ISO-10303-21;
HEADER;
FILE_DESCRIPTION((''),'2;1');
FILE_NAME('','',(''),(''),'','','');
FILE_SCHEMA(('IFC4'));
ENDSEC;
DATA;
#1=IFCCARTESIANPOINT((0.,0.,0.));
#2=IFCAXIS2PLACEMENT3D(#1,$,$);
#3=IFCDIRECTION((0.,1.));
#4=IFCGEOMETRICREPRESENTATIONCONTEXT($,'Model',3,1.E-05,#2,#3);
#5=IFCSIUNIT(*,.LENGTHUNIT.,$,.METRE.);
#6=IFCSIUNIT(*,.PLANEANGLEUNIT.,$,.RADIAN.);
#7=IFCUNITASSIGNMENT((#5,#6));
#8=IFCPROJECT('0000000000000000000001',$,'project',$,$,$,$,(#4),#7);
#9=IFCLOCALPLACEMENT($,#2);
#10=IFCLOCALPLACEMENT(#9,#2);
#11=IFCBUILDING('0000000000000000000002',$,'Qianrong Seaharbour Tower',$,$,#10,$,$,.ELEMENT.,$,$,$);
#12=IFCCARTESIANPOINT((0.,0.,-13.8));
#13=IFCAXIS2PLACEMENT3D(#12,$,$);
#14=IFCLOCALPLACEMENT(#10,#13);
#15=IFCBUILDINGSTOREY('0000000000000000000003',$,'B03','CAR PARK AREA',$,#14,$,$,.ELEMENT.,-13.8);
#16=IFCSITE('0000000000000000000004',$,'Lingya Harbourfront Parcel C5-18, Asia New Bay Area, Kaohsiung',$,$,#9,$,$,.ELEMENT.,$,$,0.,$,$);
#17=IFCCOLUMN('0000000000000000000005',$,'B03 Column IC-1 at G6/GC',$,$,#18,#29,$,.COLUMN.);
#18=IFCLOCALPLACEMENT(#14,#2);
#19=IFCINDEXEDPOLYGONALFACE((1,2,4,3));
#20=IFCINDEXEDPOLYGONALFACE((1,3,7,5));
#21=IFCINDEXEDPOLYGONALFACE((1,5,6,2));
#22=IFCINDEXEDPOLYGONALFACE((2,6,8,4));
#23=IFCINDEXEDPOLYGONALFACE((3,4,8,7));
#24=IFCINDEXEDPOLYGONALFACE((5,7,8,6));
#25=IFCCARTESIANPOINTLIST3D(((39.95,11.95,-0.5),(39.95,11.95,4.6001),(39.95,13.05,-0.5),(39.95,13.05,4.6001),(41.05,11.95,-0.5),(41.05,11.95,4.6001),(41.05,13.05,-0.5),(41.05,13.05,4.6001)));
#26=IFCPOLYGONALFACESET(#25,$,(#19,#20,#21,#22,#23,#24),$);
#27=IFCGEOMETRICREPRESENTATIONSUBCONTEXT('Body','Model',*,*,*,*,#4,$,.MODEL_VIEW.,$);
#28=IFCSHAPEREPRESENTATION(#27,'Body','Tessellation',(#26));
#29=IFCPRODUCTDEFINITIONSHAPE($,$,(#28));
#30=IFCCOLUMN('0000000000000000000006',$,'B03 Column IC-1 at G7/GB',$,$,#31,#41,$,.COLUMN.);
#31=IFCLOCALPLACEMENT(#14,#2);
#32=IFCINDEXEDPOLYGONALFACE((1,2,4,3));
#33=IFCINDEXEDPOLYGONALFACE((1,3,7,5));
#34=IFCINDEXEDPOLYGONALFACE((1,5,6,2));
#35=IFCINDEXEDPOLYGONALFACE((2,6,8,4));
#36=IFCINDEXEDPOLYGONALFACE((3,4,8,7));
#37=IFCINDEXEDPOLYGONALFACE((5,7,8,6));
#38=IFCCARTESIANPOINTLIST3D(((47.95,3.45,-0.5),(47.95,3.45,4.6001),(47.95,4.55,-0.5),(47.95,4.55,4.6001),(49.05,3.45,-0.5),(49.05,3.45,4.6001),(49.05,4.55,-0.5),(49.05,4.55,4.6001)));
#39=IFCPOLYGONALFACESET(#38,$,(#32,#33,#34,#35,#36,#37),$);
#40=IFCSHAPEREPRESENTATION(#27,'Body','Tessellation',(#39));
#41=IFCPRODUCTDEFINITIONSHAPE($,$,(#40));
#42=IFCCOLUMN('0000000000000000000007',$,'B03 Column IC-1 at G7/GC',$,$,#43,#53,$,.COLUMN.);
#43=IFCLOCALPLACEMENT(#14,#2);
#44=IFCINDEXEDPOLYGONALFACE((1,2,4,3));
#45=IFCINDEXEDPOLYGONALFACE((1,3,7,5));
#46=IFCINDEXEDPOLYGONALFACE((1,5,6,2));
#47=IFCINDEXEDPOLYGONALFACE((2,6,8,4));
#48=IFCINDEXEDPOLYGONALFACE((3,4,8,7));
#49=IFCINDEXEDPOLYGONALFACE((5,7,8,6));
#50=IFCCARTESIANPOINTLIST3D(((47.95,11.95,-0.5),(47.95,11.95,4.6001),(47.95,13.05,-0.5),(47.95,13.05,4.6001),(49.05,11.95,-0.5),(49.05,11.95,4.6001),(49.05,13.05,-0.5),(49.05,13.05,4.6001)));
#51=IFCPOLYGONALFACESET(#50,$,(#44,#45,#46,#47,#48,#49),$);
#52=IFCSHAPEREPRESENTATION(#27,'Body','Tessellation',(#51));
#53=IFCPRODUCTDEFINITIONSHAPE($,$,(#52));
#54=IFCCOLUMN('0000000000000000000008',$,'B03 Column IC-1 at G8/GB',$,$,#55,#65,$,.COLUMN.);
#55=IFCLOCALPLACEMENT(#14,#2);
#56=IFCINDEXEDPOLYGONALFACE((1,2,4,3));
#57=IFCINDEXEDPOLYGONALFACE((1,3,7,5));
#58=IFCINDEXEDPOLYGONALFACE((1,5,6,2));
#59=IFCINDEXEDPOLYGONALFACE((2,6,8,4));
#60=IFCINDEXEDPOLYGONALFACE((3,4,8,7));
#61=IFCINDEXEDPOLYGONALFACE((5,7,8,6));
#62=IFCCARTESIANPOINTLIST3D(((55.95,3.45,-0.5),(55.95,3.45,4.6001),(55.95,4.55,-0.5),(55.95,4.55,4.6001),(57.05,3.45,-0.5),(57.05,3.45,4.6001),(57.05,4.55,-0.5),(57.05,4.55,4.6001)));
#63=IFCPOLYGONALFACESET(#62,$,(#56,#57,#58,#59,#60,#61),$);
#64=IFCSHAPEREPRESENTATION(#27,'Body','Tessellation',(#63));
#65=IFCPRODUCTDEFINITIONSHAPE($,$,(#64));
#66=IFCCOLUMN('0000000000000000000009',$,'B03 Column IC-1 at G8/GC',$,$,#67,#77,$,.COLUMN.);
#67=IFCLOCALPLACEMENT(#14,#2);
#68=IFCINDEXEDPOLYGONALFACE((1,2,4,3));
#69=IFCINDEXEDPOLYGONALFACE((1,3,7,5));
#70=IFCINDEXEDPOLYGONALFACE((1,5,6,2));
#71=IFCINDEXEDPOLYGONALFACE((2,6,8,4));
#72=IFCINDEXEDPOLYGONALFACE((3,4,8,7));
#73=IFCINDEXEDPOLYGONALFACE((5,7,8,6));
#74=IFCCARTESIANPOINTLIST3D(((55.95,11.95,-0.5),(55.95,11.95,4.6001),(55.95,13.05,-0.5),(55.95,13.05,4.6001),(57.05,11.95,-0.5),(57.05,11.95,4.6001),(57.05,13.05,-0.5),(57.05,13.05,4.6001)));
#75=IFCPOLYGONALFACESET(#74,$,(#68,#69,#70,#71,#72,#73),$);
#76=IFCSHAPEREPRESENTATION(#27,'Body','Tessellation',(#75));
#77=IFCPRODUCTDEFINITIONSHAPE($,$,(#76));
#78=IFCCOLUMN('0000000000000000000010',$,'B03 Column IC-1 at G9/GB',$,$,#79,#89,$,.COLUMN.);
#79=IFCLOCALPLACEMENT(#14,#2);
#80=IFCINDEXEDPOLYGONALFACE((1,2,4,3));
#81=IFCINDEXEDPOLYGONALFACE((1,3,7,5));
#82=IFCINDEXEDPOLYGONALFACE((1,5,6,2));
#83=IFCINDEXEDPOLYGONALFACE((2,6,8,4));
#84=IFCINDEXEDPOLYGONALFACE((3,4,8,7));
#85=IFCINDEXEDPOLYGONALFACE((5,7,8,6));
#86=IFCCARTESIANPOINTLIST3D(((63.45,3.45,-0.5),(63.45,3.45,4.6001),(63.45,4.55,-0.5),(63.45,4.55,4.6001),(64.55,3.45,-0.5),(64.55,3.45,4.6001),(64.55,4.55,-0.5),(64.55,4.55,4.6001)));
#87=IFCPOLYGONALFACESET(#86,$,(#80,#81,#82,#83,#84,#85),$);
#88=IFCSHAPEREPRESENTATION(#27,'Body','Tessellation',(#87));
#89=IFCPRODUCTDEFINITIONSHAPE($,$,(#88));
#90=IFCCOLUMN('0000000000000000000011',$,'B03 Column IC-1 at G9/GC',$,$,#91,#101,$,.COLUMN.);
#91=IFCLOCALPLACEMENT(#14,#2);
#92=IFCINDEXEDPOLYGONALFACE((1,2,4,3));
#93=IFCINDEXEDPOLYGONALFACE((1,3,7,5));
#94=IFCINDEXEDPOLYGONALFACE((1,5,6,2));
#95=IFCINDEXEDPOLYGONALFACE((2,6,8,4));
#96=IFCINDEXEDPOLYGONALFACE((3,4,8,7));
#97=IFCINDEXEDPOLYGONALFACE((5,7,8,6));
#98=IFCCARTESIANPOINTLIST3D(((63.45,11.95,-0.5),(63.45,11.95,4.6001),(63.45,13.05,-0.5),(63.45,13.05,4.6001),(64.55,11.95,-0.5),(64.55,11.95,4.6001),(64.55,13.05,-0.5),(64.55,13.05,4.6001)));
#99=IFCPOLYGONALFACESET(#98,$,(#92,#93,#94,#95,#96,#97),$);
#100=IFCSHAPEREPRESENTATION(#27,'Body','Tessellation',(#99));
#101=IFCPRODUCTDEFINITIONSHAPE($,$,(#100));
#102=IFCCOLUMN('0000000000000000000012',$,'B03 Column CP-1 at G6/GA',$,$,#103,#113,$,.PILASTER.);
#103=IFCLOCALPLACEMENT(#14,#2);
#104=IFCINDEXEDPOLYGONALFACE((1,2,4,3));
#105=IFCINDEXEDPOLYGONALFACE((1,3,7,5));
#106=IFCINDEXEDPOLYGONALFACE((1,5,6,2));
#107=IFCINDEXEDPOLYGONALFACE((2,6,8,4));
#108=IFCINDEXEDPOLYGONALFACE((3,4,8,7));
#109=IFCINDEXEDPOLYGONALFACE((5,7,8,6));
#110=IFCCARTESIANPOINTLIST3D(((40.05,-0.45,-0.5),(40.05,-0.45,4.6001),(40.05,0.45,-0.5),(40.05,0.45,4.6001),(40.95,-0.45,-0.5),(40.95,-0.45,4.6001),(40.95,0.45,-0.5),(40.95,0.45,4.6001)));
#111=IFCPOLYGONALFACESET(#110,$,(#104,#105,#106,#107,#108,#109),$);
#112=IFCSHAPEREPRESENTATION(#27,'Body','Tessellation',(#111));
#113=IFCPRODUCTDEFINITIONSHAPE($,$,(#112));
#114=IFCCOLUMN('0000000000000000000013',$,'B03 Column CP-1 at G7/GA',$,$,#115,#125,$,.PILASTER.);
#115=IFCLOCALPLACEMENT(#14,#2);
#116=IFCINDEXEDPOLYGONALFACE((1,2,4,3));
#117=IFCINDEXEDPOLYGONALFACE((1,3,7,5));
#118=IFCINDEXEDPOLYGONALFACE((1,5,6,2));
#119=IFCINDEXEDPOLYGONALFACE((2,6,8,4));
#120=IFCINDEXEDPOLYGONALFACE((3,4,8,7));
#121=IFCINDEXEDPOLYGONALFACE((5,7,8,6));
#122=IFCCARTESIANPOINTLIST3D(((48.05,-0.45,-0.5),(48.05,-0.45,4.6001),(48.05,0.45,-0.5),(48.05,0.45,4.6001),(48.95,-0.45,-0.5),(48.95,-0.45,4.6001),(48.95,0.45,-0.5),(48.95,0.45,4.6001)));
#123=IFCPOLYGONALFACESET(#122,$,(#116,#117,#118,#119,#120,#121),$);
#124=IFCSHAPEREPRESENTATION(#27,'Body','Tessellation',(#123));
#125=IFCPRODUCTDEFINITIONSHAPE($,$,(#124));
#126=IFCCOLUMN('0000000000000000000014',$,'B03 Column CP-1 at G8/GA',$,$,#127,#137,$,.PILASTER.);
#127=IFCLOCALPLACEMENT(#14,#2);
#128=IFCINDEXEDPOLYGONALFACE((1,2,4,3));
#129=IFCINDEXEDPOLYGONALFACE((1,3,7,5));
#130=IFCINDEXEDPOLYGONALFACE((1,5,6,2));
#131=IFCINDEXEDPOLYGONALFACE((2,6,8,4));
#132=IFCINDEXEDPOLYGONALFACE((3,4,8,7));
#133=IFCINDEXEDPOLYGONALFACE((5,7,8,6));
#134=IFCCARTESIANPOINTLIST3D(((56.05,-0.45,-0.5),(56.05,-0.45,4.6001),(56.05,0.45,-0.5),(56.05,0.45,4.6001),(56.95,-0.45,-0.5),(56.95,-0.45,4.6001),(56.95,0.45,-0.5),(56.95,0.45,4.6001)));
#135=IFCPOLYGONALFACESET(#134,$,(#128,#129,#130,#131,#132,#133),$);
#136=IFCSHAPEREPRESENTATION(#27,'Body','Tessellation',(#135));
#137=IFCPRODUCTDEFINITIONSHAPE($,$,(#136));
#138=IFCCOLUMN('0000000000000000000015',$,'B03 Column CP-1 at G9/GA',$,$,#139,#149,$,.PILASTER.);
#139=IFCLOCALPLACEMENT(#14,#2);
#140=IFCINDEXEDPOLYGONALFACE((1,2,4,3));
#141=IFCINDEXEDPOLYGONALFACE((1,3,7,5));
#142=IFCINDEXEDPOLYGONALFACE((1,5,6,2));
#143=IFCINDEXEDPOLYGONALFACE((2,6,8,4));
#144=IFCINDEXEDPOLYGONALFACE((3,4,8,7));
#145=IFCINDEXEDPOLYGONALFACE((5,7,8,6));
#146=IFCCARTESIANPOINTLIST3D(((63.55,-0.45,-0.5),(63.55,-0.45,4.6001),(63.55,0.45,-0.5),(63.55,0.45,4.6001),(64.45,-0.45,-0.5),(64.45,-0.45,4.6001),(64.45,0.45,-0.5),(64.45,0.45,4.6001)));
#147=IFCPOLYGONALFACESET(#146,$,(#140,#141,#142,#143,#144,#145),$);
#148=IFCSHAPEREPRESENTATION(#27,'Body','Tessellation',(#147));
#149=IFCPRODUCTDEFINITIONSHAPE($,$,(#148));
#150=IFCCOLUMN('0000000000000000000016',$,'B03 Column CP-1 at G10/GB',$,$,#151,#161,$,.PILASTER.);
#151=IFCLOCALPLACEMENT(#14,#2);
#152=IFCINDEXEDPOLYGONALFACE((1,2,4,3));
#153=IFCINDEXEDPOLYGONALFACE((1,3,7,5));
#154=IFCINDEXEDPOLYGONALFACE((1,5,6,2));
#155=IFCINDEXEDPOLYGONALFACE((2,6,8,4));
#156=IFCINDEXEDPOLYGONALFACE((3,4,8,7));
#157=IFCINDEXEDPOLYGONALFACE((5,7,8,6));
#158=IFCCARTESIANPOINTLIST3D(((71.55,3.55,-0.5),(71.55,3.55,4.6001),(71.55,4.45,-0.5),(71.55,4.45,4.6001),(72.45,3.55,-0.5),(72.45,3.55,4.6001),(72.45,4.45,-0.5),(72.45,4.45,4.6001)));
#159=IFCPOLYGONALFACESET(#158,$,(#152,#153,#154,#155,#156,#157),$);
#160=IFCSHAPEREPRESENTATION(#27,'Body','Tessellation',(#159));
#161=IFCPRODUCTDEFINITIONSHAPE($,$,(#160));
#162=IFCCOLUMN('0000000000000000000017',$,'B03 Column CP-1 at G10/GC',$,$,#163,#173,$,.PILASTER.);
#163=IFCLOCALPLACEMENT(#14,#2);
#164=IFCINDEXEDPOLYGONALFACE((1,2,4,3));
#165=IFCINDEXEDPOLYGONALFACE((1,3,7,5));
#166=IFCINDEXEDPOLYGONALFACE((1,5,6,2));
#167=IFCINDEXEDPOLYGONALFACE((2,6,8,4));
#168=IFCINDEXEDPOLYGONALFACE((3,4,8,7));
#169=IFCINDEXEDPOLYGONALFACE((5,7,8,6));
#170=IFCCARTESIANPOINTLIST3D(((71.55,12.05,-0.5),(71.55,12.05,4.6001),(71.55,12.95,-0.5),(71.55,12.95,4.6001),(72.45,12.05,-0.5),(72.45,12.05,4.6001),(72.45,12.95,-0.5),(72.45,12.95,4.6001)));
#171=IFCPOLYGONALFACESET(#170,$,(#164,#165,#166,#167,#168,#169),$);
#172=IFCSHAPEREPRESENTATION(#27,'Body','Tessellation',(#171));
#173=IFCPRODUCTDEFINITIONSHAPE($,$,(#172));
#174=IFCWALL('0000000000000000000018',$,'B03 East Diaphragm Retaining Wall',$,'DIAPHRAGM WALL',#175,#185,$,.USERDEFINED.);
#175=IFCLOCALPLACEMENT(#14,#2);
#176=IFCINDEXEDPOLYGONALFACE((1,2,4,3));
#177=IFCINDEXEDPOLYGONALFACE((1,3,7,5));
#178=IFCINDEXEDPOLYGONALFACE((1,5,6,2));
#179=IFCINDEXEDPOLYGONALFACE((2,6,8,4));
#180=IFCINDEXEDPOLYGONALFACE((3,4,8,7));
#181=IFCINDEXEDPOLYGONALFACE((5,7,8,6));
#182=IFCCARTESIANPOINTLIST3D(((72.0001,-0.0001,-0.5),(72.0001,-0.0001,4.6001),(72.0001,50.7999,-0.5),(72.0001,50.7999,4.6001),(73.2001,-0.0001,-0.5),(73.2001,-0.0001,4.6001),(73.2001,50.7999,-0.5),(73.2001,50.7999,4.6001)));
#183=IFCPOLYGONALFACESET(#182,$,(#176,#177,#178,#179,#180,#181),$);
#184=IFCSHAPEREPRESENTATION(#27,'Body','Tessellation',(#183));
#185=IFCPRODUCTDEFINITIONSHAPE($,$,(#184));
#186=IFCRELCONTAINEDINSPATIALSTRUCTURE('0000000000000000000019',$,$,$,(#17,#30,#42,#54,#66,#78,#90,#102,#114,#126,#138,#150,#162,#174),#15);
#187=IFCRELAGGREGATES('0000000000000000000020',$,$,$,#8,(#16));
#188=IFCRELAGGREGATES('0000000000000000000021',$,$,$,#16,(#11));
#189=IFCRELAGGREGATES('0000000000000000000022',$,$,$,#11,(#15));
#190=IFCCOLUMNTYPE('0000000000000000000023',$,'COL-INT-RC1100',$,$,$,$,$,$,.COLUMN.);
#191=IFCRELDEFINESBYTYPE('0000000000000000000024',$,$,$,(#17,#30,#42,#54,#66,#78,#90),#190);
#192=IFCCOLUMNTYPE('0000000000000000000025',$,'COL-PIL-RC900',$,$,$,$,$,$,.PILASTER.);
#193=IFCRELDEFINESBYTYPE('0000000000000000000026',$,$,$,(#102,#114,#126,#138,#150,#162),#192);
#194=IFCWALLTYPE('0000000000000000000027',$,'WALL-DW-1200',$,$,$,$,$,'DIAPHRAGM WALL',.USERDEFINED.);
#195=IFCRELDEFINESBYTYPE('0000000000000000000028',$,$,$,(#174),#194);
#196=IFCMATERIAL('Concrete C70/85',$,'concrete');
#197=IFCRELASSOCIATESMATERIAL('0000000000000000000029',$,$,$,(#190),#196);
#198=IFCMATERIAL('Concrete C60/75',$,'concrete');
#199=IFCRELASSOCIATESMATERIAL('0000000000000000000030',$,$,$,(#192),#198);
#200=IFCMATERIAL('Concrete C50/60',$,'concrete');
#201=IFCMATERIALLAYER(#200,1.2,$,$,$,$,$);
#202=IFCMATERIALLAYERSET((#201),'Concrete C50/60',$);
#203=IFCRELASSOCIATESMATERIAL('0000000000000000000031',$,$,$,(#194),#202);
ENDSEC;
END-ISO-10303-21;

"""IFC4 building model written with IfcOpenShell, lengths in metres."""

from ifc_helpers import new_model, si_unit, direction, frame, frame_2d, origin, origin_2d, place, context, subcontext, project, spatial, rectangle, extrude, material, layer, layer_set, material_profile, profile_set, type_object, element, save


model = new_model("IFC4")

# Units and contexts
model_context = context("Model", 3, precision=1e-05, world=origin(), true_north=direction((0.0, 1.0)))
body_context = subcontext(model_context, "Body", "Model", "MODEL_VIEW")
ifc_project = project(units=[si_unit("LENGTHUNIT", "METRE"), si_unit("PLANEANGLEUNIT", "RADIAN")], contexts=[model_context])

# Site, building, storey
site_placement = place(None, origin())
site = spatial("IfcSite", under=ifc_project, at=site_placement, Name="Lingya Harbourfront Parcel C5-18, Asia New Bay Area, Kaohsiung", CompositionType="ELEMENT", RefElevation=0.0)
building_placement = place(site_placement, origin())
building = spatial("IfcBuilding", under=site, at=building_placement, Name="Qianrong Seaharbour Tower", CompositionType="ELEMENT")
storey_placement = place(building_placement, frame((0.0, 0.0, -13.8)))
storey = spatial("IfcBuildingStorey", under=building, at=storey_placement, Name="B03", Description="CAR PARK AREA", CompositionType="ELEMENT", Elevation=-13.8)

# Shared definitions
ifc_material_1 = material(Name="Concrete C50/60", Category="concrete")

# Columns
ifc_material_2 = material(Name="Concrete C70/85", Category="concrete")
ifc_material_profile_1 = material_profile(ifc_material_2, rectangle(XDim=1.1001, YDim=1.1001, at=origin_2d()), Name="RC1100x1100")
ifc_profile_set_1 = profile_set([ifc_material_profile_1], Name="Concrete C70/85")
column_type_1 = type_object("IfcColumnType", Name="COL-INT-RC1100", PredefinedType="COLUMN", material=ifc_profile_set_1)
for number, where, z_axis, x_axis, name in (
    (1, (40.5, 12.5, -0.5), (0.0, 0.0, 1.0), (1.0, 0.0, 0.0), "B03 Column IC-1 at G6/GC"),
    (2, (48.5, 4.0, -0.5), (0.0, 0.0, 1.0), (1.0, 0.0, 0.0), "B03 Column IC-1 at G7/GB"),
    (3, (48.5, 12.5, -0.5), (0.0, 0.0, 1.0), (1.0, 0.0, 0.0), "B03 Column IC-1 at G7/GC"),
    (4, (56.5, 4.0, -0.5), (0.0, 0.0, 1.0), (1.0, 0.0, 0.0), "B03 Column IC-1 at G8/GB"),
    (5, (56.5, 12.5, -0.5), (0.0, 0.0, 1.0), (1.0, 0.0, 0.0), "B03 Column IC-1 at G8/GC"),
    (6, (64.0, 4.0, -0.5), (0.0, 0.0, 1.0), (1.0, 0.0, 0.0), "B03 Column IC-1 at G9/GB"),
    (7, (64.0, 12.5, -0.5), (0.0, 0.0, 1.0), (1.0, 0.0, 0.0), "B03 Column IC-1 at G9/GC"),
):
    element("IfcColumn", number, at=place(storey_placement, frame(where, z_axis=z_axis, x_axis=x_axis)), inside=storey, type_object=column_type_1, Name=name, PredefinedType="COLUMN", context=body_context, shape_type="SweptSolid", body=[
        extrude(rectangle(XDim=1.1001, YDim=1.1001, at=origin_2d()), origin(), (0.0, 0.0, 1.0), 5.1001),
    ])
ifc_material_3 = material(Name="Concrete C60/75", Category="concrete")
ifc_material_profile_2 = material_profile(ifc_material_3, rectangle(XDim=0.8999, YDim=0.8999, at=origin_2d()), Name="RC900x900")
ifc_profile_set_2 = profile_set([ifc_material_profile_2], Name="Concrete C60/75")
column_type_2 = type_object("IfcColumnType", Name="COL-PIL-RC900", PredefinedType="PILASTER", material=ifc_profile_set_2)
for number, where, z_axis, x_axis, name in (
    (8, (40.5, 0.0, -0.5), (0.0, 0.0, 1.0), (1.0, 0.0, 0.0), "B03 Column CP-1 at G6/GA"),
    (9, (48.5, 0.0, -0.5), (0.0, 0.0, 1.0), (1.0, 0.0, 0.0), "B03 Column CP-1 at G7/GA"),
    (10, (56.5, 0.0, -0.5), (0.0, 0.0, 1.0), (1.0, 0.0, 0.0), "B03 Column CP-1 at G8/GA"),
    (11, (64.0, 0.0, -0.5), (0.0, 0.0, 1.0), (1.0, 0.0, 0.0), "B03 Column CP-1 at G9/GA"),
    (12, (72.0, 4.0, -0.5), (0.0, 0.0, 1.0), (1.0, 0.0, 0.0), "B03 Column CP-1 at G10/GB"),
    (13, (72.0, 12.5, -0.5), (0.0, 0.0, 1.0), (1.0, 0.0, 0.0), "B03 Column CP-1 at G10/GC"),
):
    element("IfcColumn", number, at=place(storey_placement, frame(where, z_axis=z_axis, x_axis=x_axis)), inside=storey, type_object=column_type_2, Name=name, PredefinedType="PILASTER", context=body_context, shape_type="SweptSolid", body=[
        extrude(rectangle(XDim=0.8999, YDim=0.8999, at=origin_2d()), origin(), (0.0, 0.0, 1.0), 5.1001),
    ])

# Wall
ifc_layer = layer(ifc_material_1, 1.2)
ifc_layer_set = layer_set([ifc_layer], Name="Concrete C50/60")
wall_type = type_object("IfcWallType", Name="WALL-DW-1200", ElementType="DIAPHRAGM WALL", PredefinedType="USERDEFINED", material=ifc_layer_set)
wall_placement = place(storey_placement, frame((72.6001, 0.0, -0.5), z_axis=(0.0, 0.0, 1.0), x_axis=(0.0, 1.0, 0.0)))
element("IfcWall", 14, at=wall_placement, inside=storey, type_object=wall_type, Name="B03 East Diaphragm Retaining Wall", ObjectType="DIAPHRAGM WALL", PredefinedType="USERDEFINED", context=body_context, shape_type="SweptSolid", body=[
    extrude(rectangle(XDim=50.8, YDim=1.2, at=frame_2d((25.3999, 0.0))), origin(), (0.0, 0.0, 1.0), 5.1001),
])

save(model, "model.ifc")
